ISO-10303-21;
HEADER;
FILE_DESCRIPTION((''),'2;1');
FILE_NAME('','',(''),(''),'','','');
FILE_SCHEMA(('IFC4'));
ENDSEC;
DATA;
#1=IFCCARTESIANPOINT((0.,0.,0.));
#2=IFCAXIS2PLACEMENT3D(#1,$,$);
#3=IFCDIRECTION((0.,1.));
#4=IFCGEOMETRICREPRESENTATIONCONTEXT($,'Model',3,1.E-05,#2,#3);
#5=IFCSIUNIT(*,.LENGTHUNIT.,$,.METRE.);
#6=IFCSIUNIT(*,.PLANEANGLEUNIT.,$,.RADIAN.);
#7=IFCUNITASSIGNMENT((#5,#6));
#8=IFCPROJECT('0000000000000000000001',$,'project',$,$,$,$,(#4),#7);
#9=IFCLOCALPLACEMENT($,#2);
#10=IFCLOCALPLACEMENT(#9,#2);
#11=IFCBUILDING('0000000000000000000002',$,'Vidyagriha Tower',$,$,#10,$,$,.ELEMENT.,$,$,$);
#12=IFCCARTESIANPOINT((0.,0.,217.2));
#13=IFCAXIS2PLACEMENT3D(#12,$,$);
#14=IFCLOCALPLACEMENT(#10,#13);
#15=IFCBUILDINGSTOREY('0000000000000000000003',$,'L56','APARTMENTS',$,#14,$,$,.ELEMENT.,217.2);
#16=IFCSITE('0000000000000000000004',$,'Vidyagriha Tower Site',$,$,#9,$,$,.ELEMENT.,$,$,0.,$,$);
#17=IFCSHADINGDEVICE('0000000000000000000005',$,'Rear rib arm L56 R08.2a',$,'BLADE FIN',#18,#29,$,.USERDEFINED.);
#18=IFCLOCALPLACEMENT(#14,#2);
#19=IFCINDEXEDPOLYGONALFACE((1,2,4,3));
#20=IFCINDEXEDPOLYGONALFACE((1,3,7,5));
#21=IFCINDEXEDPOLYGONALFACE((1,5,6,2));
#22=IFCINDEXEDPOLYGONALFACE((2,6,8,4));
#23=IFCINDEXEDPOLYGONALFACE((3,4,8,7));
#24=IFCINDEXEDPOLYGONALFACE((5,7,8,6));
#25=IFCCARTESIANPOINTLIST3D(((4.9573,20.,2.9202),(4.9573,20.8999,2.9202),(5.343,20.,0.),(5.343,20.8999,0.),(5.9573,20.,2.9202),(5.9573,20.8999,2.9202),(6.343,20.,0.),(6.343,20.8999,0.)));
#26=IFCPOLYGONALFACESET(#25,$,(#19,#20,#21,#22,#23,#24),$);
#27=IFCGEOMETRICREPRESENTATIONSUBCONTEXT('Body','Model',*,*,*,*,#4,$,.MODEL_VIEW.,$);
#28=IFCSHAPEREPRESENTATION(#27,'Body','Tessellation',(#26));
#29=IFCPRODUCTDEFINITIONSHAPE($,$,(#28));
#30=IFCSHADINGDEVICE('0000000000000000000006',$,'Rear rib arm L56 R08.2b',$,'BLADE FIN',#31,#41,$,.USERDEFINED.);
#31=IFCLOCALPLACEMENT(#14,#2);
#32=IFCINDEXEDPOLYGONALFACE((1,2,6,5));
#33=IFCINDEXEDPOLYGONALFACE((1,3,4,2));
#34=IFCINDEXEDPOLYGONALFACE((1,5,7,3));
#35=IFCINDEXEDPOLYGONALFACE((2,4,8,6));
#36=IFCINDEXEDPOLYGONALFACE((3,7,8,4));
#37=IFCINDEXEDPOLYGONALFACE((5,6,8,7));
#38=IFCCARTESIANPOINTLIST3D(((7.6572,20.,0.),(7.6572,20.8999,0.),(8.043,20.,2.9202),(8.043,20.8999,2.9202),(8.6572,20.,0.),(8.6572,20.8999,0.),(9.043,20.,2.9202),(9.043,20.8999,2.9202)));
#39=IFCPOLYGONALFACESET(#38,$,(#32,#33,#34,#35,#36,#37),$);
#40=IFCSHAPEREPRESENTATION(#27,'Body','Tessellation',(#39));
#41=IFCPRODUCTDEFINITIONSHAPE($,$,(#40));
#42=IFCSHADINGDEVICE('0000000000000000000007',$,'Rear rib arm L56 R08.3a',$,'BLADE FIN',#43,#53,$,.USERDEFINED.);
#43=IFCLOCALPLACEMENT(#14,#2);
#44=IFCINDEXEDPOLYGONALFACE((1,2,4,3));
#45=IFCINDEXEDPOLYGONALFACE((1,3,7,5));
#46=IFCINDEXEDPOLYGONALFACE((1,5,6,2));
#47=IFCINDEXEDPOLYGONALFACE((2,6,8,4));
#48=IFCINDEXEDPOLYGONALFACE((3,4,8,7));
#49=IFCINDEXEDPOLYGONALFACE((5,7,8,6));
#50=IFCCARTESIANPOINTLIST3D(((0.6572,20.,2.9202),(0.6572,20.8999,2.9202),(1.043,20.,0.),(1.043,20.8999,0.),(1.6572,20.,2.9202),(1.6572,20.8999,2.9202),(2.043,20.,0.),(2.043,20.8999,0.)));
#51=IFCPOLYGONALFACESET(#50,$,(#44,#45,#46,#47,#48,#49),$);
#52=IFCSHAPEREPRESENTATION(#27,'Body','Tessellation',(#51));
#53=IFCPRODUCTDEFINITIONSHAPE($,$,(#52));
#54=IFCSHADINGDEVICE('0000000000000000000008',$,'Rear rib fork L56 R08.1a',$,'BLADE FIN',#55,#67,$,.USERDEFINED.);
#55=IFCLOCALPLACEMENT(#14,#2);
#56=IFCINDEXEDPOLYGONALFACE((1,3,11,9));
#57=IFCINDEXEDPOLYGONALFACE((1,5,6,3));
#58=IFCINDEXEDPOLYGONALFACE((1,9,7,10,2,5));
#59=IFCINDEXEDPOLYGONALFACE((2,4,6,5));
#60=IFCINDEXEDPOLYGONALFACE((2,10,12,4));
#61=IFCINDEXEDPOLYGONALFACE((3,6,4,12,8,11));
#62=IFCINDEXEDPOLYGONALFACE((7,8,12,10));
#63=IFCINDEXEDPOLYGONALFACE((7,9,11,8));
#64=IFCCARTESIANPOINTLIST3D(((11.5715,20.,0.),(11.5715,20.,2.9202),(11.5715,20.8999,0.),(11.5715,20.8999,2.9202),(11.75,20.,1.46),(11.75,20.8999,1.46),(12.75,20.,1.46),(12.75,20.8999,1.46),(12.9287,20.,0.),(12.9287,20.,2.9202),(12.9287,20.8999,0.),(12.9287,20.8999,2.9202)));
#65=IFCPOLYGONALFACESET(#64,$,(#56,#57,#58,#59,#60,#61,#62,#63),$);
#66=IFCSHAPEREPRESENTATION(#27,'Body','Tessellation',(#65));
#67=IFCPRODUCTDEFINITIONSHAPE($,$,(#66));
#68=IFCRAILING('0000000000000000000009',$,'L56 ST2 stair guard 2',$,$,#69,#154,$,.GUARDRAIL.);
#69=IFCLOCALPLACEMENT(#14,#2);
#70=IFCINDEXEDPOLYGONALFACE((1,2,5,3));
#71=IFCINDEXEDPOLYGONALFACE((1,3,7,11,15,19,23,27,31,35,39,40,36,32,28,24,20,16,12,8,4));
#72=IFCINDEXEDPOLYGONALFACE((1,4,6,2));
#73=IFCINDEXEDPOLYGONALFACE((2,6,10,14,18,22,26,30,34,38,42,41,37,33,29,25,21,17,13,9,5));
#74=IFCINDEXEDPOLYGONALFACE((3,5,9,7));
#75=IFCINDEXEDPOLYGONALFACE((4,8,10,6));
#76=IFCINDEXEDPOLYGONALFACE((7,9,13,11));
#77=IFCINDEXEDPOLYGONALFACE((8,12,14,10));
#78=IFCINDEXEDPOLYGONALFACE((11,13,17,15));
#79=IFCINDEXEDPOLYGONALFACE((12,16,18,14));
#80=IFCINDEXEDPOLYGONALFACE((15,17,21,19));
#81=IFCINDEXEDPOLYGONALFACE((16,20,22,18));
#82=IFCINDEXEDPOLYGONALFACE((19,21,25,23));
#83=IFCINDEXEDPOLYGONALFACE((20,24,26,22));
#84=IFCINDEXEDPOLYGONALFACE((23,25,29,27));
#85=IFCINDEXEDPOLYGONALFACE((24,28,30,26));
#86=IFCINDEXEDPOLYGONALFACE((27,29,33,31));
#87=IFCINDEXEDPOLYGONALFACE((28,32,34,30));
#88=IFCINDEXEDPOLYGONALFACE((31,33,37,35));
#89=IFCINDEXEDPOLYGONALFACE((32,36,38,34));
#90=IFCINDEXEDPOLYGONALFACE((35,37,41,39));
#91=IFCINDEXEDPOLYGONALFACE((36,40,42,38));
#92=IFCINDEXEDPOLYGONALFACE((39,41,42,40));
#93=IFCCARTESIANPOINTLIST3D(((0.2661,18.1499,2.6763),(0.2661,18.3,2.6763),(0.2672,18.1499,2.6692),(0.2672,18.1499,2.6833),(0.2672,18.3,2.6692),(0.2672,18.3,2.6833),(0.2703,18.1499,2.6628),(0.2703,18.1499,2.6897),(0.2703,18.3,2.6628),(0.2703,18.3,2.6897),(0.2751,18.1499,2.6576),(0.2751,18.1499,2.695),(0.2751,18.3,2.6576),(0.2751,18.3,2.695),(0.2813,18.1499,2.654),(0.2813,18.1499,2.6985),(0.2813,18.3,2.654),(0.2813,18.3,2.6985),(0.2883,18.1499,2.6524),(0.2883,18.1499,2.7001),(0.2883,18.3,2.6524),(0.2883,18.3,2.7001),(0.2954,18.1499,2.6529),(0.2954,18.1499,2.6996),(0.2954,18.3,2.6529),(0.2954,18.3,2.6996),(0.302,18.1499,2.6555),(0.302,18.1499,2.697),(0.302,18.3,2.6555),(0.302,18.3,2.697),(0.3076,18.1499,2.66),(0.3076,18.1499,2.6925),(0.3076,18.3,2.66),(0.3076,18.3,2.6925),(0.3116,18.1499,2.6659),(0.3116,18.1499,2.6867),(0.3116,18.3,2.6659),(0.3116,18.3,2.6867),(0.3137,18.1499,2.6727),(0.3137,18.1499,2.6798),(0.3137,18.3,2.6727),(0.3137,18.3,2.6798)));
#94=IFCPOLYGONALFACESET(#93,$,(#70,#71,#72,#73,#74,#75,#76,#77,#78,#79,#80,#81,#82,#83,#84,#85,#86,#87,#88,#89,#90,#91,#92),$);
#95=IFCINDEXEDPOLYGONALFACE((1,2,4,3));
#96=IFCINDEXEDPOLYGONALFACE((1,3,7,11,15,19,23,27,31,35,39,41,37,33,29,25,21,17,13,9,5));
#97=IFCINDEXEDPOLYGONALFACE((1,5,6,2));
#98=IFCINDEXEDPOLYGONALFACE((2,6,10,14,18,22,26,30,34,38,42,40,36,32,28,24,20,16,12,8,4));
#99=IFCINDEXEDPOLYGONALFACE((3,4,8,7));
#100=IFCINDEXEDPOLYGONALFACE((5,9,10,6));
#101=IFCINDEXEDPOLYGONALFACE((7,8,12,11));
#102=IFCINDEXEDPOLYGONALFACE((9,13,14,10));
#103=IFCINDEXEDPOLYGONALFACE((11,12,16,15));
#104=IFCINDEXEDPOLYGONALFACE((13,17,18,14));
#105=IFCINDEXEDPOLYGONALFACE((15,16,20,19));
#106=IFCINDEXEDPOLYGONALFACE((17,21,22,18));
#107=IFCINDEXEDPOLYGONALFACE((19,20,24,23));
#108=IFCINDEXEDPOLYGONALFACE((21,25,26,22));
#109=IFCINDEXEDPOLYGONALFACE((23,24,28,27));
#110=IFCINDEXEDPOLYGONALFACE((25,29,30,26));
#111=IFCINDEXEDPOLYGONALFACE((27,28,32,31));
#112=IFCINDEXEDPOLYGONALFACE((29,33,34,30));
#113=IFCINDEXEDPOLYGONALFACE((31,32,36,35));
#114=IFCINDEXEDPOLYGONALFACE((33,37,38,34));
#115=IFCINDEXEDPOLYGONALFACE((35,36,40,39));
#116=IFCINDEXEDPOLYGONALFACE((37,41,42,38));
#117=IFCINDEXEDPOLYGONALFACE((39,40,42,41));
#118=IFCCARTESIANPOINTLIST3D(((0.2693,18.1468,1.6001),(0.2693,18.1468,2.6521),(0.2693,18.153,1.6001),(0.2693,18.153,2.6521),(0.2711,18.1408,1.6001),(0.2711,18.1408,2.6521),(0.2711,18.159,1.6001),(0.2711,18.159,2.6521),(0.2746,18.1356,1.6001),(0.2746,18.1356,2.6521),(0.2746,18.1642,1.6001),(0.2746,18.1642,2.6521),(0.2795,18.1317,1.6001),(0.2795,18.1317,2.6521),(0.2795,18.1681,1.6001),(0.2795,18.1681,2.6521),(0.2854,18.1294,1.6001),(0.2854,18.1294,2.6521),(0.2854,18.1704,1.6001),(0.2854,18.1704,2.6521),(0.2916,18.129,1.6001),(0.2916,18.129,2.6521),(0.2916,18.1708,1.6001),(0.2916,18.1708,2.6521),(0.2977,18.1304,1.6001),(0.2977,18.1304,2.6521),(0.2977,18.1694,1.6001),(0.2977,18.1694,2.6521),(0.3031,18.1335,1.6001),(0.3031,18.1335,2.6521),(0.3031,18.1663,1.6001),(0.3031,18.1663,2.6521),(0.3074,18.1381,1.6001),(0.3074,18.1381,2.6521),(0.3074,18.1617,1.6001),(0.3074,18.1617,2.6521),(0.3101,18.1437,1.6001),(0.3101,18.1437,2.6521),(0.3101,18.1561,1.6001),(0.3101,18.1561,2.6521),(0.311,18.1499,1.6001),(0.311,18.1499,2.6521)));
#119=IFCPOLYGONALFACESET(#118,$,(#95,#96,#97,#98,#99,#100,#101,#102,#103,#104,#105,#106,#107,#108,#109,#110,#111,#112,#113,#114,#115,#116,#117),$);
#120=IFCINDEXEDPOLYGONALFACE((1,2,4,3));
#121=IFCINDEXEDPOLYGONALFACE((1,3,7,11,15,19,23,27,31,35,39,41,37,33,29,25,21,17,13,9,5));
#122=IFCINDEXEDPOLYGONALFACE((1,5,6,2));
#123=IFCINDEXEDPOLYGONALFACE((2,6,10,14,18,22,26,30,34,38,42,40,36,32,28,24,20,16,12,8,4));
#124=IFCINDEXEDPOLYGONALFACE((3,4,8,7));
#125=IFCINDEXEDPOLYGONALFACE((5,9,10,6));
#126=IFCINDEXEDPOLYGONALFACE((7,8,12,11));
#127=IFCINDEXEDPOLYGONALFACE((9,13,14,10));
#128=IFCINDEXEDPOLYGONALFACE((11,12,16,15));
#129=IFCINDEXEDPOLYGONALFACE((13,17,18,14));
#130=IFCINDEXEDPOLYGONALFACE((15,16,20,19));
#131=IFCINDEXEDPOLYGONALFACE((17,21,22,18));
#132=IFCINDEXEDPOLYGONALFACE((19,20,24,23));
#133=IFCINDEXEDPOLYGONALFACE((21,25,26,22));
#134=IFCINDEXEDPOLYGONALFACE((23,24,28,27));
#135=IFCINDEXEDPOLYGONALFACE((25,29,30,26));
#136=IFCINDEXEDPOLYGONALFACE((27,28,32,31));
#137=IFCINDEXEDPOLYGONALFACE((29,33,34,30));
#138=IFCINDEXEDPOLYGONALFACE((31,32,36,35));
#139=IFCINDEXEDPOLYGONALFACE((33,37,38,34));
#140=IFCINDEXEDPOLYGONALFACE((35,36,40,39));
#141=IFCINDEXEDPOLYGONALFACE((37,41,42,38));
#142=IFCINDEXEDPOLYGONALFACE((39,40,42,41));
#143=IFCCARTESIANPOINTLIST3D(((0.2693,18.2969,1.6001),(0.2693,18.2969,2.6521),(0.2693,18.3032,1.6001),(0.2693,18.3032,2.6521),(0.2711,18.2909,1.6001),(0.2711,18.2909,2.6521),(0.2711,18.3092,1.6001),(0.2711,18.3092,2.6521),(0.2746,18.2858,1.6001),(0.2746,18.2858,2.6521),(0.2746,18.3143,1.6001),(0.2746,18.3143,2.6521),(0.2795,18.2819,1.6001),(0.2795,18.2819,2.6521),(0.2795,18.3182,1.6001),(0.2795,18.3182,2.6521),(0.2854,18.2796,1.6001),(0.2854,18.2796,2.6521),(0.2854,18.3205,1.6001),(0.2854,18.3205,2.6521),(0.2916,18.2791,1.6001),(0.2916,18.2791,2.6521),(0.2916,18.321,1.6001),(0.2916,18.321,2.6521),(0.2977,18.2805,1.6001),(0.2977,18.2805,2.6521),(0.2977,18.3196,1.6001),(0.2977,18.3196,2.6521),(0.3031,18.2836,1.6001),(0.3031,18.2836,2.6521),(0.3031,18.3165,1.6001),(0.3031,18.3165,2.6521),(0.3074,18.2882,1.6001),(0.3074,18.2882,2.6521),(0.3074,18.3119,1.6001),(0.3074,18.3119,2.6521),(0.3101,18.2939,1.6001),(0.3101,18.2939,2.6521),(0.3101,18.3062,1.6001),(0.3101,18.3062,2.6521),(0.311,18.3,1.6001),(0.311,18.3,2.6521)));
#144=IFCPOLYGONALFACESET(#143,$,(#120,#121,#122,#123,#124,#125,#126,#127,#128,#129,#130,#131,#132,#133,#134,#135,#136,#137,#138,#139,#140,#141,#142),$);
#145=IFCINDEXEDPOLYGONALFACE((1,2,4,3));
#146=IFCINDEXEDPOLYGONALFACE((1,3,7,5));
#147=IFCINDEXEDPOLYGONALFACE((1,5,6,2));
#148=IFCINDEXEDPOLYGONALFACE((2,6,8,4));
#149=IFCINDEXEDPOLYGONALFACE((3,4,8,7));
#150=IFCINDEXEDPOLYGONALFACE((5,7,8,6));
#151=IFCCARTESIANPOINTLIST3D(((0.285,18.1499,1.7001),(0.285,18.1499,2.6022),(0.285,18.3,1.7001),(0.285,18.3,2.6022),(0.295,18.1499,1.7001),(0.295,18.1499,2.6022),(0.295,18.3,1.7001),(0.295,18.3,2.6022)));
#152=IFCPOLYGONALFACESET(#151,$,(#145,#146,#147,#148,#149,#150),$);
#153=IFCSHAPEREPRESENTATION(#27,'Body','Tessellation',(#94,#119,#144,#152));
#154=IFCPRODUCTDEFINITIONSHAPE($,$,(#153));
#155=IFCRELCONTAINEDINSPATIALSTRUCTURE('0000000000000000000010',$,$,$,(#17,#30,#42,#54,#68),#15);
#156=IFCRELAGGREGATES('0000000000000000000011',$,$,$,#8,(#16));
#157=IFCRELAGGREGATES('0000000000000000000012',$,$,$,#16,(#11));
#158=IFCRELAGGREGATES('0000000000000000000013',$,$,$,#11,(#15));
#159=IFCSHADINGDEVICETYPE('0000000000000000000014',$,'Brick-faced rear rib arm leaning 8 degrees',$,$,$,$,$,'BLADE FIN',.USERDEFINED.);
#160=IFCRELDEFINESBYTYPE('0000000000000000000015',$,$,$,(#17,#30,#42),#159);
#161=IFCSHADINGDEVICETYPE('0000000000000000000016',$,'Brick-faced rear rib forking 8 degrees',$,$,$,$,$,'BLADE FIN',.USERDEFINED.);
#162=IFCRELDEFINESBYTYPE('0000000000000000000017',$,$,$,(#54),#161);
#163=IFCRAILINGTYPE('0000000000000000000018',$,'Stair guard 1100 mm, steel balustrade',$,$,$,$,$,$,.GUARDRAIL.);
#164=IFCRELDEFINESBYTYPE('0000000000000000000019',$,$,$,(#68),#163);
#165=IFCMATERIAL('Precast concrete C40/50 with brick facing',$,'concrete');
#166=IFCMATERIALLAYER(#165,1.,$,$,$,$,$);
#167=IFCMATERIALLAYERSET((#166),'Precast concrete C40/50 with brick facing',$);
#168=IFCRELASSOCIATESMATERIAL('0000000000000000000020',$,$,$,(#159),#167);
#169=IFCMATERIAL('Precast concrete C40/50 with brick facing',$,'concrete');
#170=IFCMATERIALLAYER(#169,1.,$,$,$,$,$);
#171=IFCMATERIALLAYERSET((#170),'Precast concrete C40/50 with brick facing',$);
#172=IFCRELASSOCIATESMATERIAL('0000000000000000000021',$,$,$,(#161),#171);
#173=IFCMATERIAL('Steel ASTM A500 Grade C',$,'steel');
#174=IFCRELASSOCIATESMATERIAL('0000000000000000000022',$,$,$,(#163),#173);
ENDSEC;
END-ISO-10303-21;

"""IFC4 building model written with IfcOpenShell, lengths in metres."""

from ifc_helpers import new_model, si_unit, direction, frame, origin, origin_2d, place, context, subcontext, project, spatial, polyline, rectangle, circle, outline, extrude, material, layer, layer_set, type_object, element, save


model = new_model("IFC4")

# Units and contexts
model_context = context("Model", 3, precision=1e-05, world=origin(), true_north=direction((0.0, 1.0)))
body_context = subcontext(model_context, "Body", "Model", "MODEL_VIEW")
ifc_project = project(units=[si_unit("LENGTHUNIT", "METRE"), si_unit("PLANEANGLEUNIT", "RADIAN")], contexts=[model_context])

# Site, building, storey
site_placement = place(None, origin())
site = spatial("IfcSite", under=ifc_project, at=site_placement, Name="Vidyagriha Tower Site", CompositionType="ELEMENT", RefElevation=0.0)
building_placement = place(site_placement, origin())
building = spatial("IfcBuilding", under=site, at=building_placement, Name="Vidyagriha Tower", CompositionType="ELEMENT")
storey_placement = place(building_placement, frame((0.0, 0.0, 217.2)))
storey = spatial("IfcBuildingStorey", under=building, at=storey_placement, Name="L56", Description="APARTMENTS", CompositionType="ELEMENT", Elevation=217.2)

# Shading devices
ifc_material_1 = material(Name="Precast concrete C40/50 with brick facing", Category="concrete")
ifc_layer_1 = layer(ifc_material_1, 1.0)
ifc_layer_set_1 = layer_set([ifc_layer_1], Name="Precast concrete C40/50 with brick facing")
shading_device_type_1 = type_object("IfcShadingDeviceType", Name="Brick-faced rear rib arm leaning 8 degrees", ElementType="BLADE FIN", PredefinedType="USERDEFINED", material=ifc_layer_set_1)
shading_device_1_placement = place(storey_placement, frame((6.343, 20.45, 0.0), z_axis=(0.0, 0.0, 1.0), x_axis=(-1.0, 0.0, 0.0)))
element("IfcShadingDevice", 1, at=shading_device_1_placement, inside=storey, type_object=shading_device_type_1, Name="Rear rib arm L56 R08.2a", ObjectType="BLADE FIN", PredefinedType="USERDEFINED", context=body_context, shape_type="SweptSolid", body=[
    extrude(outline(polyline([(0.0, 0.0), (1.0, 0.0), (1.3857, 2.9202), (0.3857, 2.9202), (0.0, 0.0)])), frame((0.0, 0.45, 0.0), z_axis=(0.0, -1.0, 0.0), x_axis=(1.0, 0.0, 0.0)), (0.0, 0.0, 1.0), 0.8999),
])
shading_device_2_placement = place(storey_placement, frame((9.043, 20.45, 0.0), z_axis=(0.0, 0.0, 1.0), x_axis=(-1.0, 0.0, 0.0)))
element("IfcShadingDevice", 2, at=shading_device_2_placement, inside=storey, type_object=shading_device_type_1, Name="Rear rib arm L56 R08.2b", ObjectType="BLADE FIN", PredefinedType="USERDEFINED", context=body_context, shape_type="SweptSolid", body=[
    extrude(outline(polyline([(0.3857, 0.0), (1.3857, 0.0), (1.0, 2.9202), (0.0, 2.9202), (0.3857, 0.0)])), frame((0.0, 0.45, 0.0), z_axis=(0.0, -1.0, 0.0), x_axis=(1.0, 0.0, 0.0)), (0.0, 0.0, 1.0), 0.8999),
])
shading_device_3_placement = place(storey_placement, frame((2.043, 20.45, 0.0), z_axis=(0.0, 0.0, 1.0), x_axis=(-1.0, 0.0, 0.0)))
element("IfcShadingDevice", 3, at=shading_device_3_placement, inside=storey, type_object=shading_device_type_1, Name="Rear rib arm L56 R08.3a", ObjectType="BLADE FIN", PredefinedType="USERDEFINED", context=body_context, shape_type="SweptSolid", body=[
    extrude(outline(polyline([(0.0, 0.0), (1.0, 0.0), (1.3857, 2.9202), (0.3857, 2.9202), (0.0, 0.0)])), frame((0.0, 0.45, 0.0), z_axis=(0.0, -1.0, 0.0), x_axis=(1.0, 0.0, 0.0)), (0.0, 0.0, 1.0), 0.8999),
])
ifc_material_2 = material(Name="Precast concrete C40/50 with brick facing", Category="concrete")
ifc_layer_2 = layer(ifc_material_2, 1.0)
ifc_layer_set_2 = layer_set([ifc_layer_2], Name="Precast concrete C40/50 with brick facing")
shading_device_type_2 = type_object("IfcShadingDeviceType", Name="Brick-faced rear rib forking 8 degrees", ElementType="BLADE FIN", PredefinedType="USERDEFINED", material=ifc_layer_set_2)
shading_device_4_placement = place(storey_placement, frame((12.9287, 20.45, 0.0), z_axis=(0.0, 0.0, 1.0), x_axis=(-1.0, 0.0, 0.0)))
element("IfcShadingDevice", 4, at=shading_device_4_placement, inside=storey, type_object=shading_device_type_2, Name="Rear rib fork L56 R08.1a", ObjectType="BLADE FIN", PredefinedType="USERDEFINED", context=body_context, shape_type="SweptSolid", body=[
    extrude(outline(polyline([(0.0, 0.0), (1.3572, 0.0), (1.1787, 1.46), (1.3572, 2.9202), (0.0, 2.9202), (0.1787, 1.46), (0.0, 0.0)])), frame((0.0, 0.45, 0.0), z_axis=(0.0, -1.0, 0.0), x_axis=(1.0, 0.0, 0.0)), (0.0, 0.0, 1.0), 0.8999),
])

# Railing
ifc_material_3 = material(Name="Steel ASTM A500 Grade C", Category="steel")
railing_type_1 = type_object("IfcRailingType", Name="Stair guard 1100 mm, steel balustrade", PredefinedType="GUARDRAIL", material=ifc_material_3)
railing_1_placement = place(storey_placement, frame((0.29, 18.1499, 1.6001)))
element("IfcRailing", 5, at=railing_1_placement, inside=storey, type_object=railing_type_1, Name="L56 ST2 stair guard 2", PredefinedType="GUARDRAIL", context=body_context, shape_type="SweptSolid", body=[
    extrude(circle(Radius=0.0239, at=origin_2d()), frame((0.0, 0.0, 1.0762), z_axis=(0.0, 1.0, 0.0), x_axis=(-1.0, 0.0, 0.0)), (0.0, 0.0, 1.0), 0.1501),
    extrude(circle(Radius=0.021, at=origin_2d()), origin(), (0.0, 0.0, 1.0), 1.052),
    extrude(circle(Radius=0.021, at=origin_2d()), frame((0.0, 0.1501, 0.0)), (0.0, 0.0, 1.0), 1.052),
    extrude(rectangle(XDim=0.01, YDim=0.9021, at=origin_2d()), frame((0.0, 0.0, 0.551), z_axis=(0.0, 1.0, 0.0), x_axis=(-1.0, 0.0, 0.0)), (0.0, 0.0, 1.0), 0.1501),
])

save(model, "model.ifc")
